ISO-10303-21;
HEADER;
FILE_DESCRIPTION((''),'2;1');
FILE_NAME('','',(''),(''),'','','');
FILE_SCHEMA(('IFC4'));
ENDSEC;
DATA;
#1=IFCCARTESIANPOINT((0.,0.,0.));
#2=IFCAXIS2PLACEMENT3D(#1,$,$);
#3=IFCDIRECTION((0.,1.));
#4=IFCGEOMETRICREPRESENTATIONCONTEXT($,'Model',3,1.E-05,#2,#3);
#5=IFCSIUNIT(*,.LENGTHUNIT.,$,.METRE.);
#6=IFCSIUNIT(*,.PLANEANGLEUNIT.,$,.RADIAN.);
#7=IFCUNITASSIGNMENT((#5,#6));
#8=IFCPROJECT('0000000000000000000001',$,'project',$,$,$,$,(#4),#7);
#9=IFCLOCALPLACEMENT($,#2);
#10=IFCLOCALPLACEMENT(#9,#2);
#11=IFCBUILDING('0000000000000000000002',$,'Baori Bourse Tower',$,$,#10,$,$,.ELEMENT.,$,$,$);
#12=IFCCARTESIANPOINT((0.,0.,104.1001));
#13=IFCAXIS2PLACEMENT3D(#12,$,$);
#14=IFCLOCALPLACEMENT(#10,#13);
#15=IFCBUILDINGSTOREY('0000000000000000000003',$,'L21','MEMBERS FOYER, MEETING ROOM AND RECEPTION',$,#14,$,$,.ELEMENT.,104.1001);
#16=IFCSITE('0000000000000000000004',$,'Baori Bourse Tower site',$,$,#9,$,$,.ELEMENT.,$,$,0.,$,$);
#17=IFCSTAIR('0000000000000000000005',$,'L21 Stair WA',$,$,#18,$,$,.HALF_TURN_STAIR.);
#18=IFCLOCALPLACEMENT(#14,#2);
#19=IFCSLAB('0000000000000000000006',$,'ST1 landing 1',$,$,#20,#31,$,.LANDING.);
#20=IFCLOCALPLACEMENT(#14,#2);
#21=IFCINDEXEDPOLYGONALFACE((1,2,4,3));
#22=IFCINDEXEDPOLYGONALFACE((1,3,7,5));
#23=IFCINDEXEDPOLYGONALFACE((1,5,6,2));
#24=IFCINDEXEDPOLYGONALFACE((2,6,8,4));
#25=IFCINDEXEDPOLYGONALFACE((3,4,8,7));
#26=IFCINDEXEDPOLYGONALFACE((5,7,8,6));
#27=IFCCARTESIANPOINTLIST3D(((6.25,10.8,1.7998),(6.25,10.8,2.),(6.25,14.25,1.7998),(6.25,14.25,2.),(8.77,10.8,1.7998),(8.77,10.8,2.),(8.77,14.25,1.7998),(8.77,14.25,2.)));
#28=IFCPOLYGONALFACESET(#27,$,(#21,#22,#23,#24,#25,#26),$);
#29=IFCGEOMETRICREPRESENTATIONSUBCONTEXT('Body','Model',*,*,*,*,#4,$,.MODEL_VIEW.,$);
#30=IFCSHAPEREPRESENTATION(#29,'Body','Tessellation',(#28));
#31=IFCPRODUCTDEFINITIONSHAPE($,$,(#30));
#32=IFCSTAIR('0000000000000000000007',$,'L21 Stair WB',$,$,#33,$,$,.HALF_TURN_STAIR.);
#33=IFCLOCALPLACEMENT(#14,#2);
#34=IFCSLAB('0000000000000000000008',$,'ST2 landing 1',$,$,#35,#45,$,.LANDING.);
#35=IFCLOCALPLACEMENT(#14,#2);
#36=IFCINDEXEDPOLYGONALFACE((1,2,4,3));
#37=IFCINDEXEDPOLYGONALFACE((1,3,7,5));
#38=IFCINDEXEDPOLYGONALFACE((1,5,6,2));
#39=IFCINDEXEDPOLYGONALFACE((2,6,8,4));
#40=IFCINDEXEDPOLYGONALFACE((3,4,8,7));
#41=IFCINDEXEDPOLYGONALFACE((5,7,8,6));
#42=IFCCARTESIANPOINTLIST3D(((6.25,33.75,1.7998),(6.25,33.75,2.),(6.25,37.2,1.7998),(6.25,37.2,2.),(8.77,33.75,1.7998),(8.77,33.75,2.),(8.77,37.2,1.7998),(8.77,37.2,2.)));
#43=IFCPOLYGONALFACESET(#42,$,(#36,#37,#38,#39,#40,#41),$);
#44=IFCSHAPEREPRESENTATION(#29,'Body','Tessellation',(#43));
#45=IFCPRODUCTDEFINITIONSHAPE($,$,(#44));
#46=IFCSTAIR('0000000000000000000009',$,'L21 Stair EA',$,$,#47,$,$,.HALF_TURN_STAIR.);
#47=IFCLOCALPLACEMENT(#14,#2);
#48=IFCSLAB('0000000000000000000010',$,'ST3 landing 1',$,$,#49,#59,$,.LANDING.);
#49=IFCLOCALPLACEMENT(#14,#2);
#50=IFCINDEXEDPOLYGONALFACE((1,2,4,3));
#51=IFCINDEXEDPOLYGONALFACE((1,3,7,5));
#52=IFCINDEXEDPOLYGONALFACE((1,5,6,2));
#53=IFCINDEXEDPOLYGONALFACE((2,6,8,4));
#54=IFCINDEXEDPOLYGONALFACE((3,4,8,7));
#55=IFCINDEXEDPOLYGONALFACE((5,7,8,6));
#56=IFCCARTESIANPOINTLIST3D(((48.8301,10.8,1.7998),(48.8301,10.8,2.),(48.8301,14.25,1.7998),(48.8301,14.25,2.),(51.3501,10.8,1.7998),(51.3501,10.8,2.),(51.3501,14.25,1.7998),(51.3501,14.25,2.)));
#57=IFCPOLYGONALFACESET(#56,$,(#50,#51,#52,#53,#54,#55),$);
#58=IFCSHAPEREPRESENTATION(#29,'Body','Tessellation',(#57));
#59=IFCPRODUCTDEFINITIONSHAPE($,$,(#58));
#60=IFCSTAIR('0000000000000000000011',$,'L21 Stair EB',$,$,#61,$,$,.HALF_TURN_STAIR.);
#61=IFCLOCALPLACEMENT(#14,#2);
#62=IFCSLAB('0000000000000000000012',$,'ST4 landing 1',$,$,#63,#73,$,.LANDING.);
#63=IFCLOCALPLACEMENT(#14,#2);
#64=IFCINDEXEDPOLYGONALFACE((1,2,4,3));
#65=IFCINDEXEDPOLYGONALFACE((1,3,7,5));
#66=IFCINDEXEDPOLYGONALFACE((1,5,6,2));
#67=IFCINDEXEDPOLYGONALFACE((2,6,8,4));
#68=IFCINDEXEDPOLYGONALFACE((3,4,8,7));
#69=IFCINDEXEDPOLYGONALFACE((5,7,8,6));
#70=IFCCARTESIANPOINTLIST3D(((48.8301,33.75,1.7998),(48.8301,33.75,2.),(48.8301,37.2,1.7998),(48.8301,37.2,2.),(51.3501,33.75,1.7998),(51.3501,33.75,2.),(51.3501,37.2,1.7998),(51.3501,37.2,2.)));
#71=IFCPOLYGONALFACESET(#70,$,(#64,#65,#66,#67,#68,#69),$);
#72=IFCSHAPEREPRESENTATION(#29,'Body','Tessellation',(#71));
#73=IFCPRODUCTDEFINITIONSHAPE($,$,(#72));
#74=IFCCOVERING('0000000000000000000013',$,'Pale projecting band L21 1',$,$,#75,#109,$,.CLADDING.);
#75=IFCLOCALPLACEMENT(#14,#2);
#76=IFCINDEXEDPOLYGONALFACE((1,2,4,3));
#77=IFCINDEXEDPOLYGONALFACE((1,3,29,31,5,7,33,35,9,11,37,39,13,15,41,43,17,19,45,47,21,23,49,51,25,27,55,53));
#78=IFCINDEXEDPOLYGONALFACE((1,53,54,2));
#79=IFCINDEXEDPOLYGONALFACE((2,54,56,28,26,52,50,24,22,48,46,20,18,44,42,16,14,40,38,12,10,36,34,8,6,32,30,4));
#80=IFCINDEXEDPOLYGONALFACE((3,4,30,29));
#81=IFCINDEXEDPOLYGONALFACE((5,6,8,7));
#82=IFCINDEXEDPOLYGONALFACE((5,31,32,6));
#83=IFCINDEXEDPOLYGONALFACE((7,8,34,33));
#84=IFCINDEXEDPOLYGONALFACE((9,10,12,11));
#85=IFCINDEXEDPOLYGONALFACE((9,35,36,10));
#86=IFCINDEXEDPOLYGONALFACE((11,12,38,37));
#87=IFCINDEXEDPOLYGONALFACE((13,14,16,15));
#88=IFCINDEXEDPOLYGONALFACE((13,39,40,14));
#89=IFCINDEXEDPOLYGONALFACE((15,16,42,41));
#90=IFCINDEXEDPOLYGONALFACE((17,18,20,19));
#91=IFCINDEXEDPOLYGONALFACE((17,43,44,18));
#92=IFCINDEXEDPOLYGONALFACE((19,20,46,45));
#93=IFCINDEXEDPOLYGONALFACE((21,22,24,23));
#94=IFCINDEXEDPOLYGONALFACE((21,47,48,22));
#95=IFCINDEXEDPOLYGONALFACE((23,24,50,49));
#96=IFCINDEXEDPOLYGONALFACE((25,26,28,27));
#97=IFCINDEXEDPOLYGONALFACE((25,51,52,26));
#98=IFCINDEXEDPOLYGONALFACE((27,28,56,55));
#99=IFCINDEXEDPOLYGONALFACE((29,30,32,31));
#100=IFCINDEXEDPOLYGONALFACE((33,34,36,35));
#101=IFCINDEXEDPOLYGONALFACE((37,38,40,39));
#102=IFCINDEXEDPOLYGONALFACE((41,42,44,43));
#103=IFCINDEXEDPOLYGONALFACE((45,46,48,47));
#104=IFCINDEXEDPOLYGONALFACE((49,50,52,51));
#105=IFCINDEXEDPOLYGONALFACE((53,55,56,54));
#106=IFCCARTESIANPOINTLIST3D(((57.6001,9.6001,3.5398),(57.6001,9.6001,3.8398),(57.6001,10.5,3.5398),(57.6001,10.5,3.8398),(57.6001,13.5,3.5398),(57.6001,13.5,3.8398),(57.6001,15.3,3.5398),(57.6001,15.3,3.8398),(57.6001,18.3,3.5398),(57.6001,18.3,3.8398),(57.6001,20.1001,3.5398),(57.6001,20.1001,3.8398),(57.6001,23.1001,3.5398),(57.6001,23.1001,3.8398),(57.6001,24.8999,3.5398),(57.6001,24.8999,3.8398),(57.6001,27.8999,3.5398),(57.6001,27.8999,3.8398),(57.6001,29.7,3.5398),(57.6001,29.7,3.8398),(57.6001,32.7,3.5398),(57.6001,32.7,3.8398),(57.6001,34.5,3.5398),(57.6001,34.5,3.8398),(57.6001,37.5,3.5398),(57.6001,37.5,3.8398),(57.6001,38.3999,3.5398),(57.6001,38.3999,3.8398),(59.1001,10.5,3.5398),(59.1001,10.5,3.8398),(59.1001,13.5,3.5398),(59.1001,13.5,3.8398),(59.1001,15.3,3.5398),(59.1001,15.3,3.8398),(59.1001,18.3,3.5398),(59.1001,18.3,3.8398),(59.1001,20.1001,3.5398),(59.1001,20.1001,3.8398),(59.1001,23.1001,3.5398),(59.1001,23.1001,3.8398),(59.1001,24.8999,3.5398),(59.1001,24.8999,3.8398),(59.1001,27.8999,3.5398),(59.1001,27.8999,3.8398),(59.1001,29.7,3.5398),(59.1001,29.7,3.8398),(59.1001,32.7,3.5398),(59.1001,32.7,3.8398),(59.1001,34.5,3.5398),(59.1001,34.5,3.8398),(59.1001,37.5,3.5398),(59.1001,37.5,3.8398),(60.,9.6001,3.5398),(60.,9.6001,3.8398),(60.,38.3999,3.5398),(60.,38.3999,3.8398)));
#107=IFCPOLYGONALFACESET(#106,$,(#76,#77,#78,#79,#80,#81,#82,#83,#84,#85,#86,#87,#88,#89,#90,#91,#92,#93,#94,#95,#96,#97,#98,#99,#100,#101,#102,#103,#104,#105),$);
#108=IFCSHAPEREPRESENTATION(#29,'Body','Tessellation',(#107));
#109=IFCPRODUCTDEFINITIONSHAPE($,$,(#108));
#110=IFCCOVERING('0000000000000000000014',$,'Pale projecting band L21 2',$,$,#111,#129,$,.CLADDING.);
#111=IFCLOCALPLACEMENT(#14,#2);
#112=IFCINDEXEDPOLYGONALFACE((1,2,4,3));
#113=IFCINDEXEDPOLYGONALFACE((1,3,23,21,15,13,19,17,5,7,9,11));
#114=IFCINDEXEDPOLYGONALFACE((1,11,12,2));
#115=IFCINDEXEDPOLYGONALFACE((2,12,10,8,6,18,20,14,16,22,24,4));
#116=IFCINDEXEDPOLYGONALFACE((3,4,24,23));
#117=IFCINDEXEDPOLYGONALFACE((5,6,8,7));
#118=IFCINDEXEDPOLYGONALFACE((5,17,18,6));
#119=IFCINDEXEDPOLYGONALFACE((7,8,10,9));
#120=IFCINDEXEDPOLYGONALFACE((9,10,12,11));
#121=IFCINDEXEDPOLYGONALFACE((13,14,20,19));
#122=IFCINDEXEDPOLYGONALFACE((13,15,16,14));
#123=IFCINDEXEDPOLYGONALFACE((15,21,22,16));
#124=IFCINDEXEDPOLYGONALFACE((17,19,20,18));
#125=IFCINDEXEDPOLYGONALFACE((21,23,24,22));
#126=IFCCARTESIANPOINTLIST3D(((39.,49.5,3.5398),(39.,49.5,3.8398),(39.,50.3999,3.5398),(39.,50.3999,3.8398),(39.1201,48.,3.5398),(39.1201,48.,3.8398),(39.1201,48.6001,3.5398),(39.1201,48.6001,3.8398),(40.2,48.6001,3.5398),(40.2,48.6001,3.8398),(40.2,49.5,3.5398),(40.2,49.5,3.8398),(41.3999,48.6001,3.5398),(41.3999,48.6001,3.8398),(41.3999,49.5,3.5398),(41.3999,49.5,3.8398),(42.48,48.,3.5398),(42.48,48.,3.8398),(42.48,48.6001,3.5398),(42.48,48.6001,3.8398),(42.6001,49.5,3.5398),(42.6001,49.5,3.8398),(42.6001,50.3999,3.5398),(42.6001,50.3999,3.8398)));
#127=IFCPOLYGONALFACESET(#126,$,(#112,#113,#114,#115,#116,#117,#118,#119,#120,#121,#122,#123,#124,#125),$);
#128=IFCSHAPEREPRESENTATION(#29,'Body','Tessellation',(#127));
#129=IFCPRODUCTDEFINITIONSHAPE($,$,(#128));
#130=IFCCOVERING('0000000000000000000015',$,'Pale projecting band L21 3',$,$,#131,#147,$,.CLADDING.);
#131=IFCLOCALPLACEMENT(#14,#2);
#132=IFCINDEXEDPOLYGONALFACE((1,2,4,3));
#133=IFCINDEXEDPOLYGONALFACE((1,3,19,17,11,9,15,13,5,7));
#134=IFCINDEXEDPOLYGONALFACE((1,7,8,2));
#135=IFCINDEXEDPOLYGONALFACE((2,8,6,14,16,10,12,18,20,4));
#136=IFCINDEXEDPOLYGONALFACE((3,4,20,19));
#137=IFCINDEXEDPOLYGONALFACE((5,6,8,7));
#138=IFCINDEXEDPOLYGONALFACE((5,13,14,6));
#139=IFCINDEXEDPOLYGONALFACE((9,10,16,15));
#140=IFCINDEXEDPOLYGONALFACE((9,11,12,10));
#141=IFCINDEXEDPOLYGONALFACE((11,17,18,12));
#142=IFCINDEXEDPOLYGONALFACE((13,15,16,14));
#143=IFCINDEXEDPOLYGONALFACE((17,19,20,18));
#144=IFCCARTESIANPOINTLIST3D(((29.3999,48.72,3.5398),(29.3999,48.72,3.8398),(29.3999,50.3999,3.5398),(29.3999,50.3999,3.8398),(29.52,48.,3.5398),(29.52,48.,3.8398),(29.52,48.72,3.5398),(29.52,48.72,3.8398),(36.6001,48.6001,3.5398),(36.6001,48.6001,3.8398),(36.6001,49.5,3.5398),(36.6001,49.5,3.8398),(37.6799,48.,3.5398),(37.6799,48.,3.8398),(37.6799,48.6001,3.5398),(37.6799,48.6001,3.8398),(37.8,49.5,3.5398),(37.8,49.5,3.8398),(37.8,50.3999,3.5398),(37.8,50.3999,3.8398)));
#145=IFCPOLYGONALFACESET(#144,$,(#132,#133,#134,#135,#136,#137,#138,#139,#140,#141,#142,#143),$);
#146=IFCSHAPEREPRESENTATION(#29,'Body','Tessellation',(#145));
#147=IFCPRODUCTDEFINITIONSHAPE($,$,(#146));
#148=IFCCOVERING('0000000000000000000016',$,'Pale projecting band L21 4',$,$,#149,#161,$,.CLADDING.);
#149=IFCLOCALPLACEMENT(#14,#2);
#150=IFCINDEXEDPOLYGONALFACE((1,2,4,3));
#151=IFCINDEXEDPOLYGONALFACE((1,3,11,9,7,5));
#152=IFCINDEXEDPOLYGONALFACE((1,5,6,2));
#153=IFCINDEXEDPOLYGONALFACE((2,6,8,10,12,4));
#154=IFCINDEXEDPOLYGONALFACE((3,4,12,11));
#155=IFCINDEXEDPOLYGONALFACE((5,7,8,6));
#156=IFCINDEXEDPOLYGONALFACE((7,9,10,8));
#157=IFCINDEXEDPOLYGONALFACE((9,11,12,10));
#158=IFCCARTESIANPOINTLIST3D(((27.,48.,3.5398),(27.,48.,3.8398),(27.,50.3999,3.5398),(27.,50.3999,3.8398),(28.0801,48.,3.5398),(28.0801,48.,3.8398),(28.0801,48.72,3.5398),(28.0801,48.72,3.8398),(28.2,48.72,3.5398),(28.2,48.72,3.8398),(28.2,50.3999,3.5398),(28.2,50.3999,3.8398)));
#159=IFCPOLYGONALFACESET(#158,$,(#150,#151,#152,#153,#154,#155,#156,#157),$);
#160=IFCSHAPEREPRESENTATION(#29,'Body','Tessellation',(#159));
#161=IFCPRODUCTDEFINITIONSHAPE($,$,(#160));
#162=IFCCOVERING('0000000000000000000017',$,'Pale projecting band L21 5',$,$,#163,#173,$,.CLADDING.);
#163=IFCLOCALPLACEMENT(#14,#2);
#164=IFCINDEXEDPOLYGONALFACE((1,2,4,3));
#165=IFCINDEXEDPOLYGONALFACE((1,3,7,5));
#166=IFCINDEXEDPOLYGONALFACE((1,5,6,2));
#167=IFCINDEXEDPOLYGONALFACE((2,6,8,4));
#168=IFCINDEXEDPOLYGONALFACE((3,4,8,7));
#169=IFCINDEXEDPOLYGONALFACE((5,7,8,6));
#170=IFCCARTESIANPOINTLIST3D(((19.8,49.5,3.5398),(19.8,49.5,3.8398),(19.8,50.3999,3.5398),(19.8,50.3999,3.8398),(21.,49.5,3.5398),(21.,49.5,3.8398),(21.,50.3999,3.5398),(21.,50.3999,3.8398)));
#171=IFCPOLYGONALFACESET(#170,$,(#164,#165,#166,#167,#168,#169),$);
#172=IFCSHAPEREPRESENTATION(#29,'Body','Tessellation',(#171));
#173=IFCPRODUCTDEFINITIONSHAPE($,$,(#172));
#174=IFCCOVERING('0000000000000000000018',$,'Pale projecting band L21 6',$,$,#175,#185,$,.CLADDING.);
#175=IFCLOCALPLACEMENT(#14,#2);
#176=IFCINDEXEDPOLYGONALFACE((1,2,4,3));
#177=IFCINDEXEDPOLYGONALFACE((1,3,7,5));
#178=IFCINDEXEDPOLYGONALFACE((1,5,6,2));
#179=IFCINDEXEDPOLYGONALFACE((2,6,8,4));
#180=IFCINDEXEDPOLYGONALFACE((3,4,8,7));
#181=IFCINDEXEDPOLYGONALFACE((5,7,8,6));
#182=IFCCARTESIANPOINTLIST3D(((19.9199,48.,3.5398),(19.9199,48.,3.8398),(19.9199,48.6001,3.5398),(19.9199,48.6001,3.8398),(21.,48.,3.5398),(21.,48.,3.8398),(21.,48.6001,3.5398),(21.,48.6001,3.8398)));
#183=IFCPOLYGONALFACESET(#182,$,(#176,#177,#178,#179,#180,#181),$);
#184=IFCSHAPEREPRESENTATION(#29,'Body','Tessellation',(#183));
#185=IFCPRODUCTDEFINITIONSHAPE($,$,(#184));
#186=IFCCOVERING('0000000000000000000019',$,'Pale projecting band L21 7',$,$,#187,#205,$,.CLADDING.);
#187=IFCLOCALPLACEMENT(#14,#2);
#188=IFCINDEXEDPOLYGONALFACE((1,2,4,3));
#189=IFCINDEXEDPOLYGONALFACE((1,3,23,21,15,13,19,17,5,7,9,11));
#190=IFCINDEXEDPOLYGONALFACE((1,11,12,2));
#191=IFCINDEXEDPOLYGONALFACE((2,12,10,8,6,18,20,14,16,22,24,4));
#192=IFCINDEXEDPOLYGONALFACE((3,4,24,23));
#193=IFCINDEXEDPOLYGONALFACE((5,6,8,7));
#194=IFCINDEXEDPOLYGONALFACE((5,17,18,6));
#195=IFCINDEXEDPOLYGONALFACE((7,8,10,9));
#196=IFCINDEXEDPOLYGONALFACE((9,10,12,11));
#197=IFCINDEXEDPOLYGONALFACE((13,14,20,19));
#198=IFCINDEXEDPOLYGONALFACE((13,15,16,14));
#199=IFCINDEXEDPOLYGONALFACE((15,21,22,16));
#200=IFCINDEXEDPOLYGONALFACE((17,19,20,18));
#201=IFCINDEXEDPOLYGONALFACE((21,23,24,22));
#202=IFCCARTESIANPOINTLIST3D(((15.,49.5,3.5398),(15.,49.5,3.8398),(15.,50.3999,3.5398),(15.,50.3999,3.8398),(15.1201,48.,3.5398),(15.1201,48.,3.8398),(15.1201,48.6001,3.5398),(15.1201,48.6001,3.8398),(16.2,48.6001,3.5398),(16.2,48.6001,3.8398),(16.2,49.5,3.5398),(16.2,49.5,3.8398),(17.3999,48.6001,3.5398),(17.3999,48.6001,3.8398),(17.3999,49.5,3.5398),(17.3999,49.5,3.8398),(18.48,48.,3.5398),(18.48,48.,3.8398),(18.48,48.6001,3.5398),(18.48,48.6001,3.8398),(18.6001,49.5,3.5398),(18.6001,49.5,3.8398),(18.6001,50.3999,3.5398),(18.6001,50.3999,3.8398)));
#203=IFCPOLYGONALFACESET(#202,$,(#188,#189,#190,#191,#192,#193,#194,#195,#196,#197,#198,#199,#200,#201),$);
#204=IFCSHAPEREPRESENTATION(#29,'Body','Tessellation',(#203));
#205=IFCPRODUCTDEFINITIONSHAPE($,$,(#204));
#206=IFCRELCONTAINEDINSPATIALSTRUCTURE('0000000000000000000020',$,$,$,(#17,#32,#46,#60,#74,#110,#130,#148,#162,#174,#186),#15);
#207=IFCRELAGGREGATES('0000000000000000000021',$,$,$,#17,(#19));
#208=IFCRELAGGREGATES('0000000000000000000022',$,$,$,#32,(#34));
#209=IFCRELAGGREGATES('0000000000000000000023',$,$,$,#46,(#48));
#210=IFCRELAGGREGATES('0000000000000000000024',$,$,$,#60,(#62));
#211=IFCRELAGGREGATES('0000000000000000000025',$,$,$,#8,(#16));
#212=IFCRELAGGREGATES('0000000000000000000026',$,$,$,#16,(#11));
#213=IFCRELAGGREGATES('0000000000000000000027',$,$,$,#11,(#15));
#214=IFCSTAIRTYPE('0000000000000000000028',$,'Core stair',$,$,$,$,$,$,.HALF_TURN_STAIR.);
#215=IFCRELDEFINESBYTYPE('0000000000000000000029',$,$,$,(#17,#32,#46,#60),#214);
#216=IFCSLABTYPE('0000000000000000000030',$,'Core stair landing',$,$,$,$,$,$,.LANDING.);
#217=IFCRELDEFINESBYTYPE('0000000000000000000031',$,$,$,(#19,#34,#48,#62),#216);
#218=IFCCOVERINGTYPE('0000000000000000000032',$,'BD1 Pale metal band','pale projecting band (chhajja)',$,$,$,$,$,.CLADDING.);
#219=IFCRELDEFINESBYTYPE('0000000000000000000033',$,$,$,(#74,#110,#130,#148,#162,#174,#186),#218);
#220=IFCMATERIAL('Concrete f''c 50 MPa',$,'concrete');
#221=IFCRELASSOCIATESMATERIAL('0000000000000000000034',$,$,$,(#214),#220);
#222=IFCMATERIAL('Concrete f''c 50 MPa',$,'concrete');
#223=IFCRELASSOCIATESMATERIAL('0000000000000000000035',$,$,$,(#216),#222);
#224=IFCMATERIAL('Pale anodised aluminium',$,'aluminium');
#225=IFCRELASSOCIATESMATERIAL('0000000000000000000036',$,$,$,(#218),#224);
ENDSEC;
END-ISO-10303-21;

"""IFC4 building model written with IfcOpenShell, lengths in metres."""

from ifc_helpers import new_model, si_unit, direction, frame, origin, place, context, subcontext, project, spatial, polyline, outline, extrude, material, type_object, element, aggregate, save


model = new_model("IFC4")

# Units and contexts
model_context = context("Model", 3, precision=1e-05, world=origin(), true_north=direction((0.0, 1.0)))
body_context = subcontext(model_context, "Body", "Model", "MODEL_VIEW")
ifc_project = project(units=[si_unit("LENGTHUNIT", "METRE"), si_unit("PLANEANGLEUNIT", "RADIAN")], contexts=[model_context])

# Site, building, storey
site_placement = place(None, origin())
site = spatial("IfcSite", under=ifc_project, at=site_placement, Name="Baori Bourse Tower site", CompositionType="ELEMENT", RefElevation=0.0)
building_placement = place(site_placement, origin())
building = spatial("IfcBuilding", under=site, at=building_placement, Name="Baori Bourse Tower", CompositionType="ELEMENT")
storey_placement = place(building_placement, frame((0.0, 0.0, 104.1001)))
storey = spatial("IfcBuildingStorey", under=building, at=storey_placement, Name="L21", Description="MEMBERS FOYER, MEETING ROOM AND RECEPTION", CompositionType="ELEMENT", Elevation=104.1001)

# Stairs, slabs
ifc_material_1 = material(Name="Concrete f'c 50 MPa", Category="concrete")
stair_type = type_object("IfcStairType", Name="Core stair", PredefinedType="HALF_TURN_STAIR", material=ifc_material_1)
stair_1_placement = place(storey_placement, origin())
stair_1 = element("IfcStair", 1, at=stair_1_placement, inside=storey, type_object=stair_type, Name="L21 Stair WA", PredefinedType="HALF_TURN_STAIR")
ifc_material_2 = material(Name="Concrete f'c 50 MPa", Category="concrete")
slab_type = type_object("IfcSlabType", Name="Core stair landing", PredefinedType="LANDING", material=ifc_material_2)
slab_1_placement = place(storey_placement, frame((0.0, 0.0, 1.7998)))
slab_1 = element("IfcSlab", 2, at=slab_1_placement, type_object=slab_type, Name="ST1 landing 1", PredefinedType="LANDING", context=body_context, shape_type="SweptSolid", body=[
    extrude(outline(polyline([(8.77, 14.25), (6.25, 14.25), (6.25, 10.8), (8.77, 10.8), (8.77, 14.25)])), origin(), (0.0, 0.0, 1.0), 0.2002),
])
aggregate(stair_1, [slab_1])
stair_2_placement = place(storey_placement, origin())
stair_2 = element("IfcStair", 3, at=stair_2_placement, inside=storey, type_object=stair_type, Name="L21 Stair WB", PredefinedType="HALF_TURN_STAIR")
slab_2_placement = place(storey_placement, frame((0.0, 0.0, 1.7998)))
slab_2 = element("IfcSlab", 4, at=slab_2_placement, type_object=slab_type, Name="ST2 landing 1", PredefinedType="LANDING", context=body_context, shape_type="SweptSolid", body=[
    extrude(outline(polyline([(8.77, 37.2), (6.25, 37.2), (6.25, 33.75), (8.77, 33.75), (8.77, 37.2)])), origin(), (0.0, 0.0, 1.0), 0.2002),
])
aggregate(stair_2, [slab_2])
stair_3_placement = place(storey_placement, origin())
stair_3 = element("IfcStair", 5, at=stair_3_placement, inside=storey, type_object=stair_type, Name="L21 Stair EA", PredefinedType="HALF_TURN_STAIR")
slab_3_placement = place(storey_placement, frame((0.0, 0.0, 1.7998)))
slab_3 = element("IfcSlab", 6, at=slab_3_placement, type_object=slab_type, Name="ST3 landing 1", PredefinedType="LANDING", context=body_context, shape_type="SweptSolid", body=[
    extrude(outline(polyline([(48.8301, 10.8), (51.3501, 10.8), (51.3501, 14.25), (48.8301, 14.25), (48.8301, 10.8)])), origin(), (0.0, 0.0, 1.0), 0.2002),
])
aggregate(stair_3, [slab_3])
stair_4_placement = place(storey_placement, origin())
stair_4 = element("IfcStair", 7, at=stair_4_placement, inside=storey, type_object=stair_type, Name="L21 Stair EB", PredefinedType="HALF_TURN_STAIR")
slab_4_placement = place(storey_placement, frame((0.0, 0.0, 1.7998)))
slab_4 = element("IfcSlab", 8, at=slab_4_placement, type_object=slab_type, Name="ST4 landing 1", PredefinedType="LANDING", context=body_context, shape_type="SweptSolid", body=[
    extrude(outline(polyline([(48.8301, 33.75), (51.3501, 33.75), (51.3501, 37.2), (48.8301, 37.2), (48.8301, 33.75)])), origin(), (0.0, 0.0, 1.0), 0.2002),
])
aggregate(stair_4, [slab_4])

# Coverings
ifc_material_3 = material(Name="Pale anodised aluminium", Category="aluminium")
covering_type_1 = type_object("IfcCoveringType", Name="BD1 Pale metal band", Description="pale projecting band (chhajja)", PredefinedType="CLADDING", material=ifc_material_3)
covering_1_placement = place(storey_placement, frame((0.0, 0.0, 3.5398)))
element("IfcCovering", 9, at=covering_1_placement, inside=storey, type_object=covering_type_1, Name="Pale projecting band L21 1", PredefinedType="CLADDING", context=body_context, shape_type="SweptSolid", body=[
    extrude(outline(polyline([(57.6001, 10.5), (57.6001, 9.6001), (60.0, 9.6001), (60.0, 38.3999), (57.6001, 38.3999), (57.6001, 37.5), (59.1001, 37.5), (59.1001, 34.5), (57.6001, 34.5), (57.6001, 32.7), (59.1001, 32.7), (59.1001, 29.7), (57.6001, 29.7), (57.6001, 27.8999), (59.1001, 27.8999), (59.1001, 24.8999), (57.6001, 24.8999), (57.6001, 23.1001), (59.1001, 23.1001), (59.1001, 20.1001), (57.6001, 20.1001), (57.6001, 18.3), (59.1001, 18.3), (59.1001, 15.3), (57.6001, 15.3), (57.6001, 13.5), (59.1001, 13.5), (59.1001, 10.5), (57.6001, 10.5)])), origin(), (0.0, 0.0, 1.0), 0.3),
])
covering_2_placement = place(storey_placement, frame((0.0, 0.0, 3.5398)))
element("IfcCovering", 10, at=covering_2_placement, inside=storey, type_object=covering_type_1, Name="Pale projecting band L21 2", PredefinedType="CLADDING", context=body_context, shape_type="SweptSolid", body=[
    extrude(outline(polyline([(39.1201, 48.0), (42.48, 48.0), (42.48, 48.6001), (41.3999, 48.6001), (41.3999, 49.5), (42.6001, 49.5), (42.6001, 50.3999), (39.0, 50.3999), (39.0, 49.5), (40.2, 49.5), (40.2, 48.6001), (39.1201, 48.6001), (39.1201, 48.0)])), origin(), (0.0, 0.0, 1.0), 0.3),
])
covering_3_placement = place(storey_placement, frame((0.0, 0.0, 3.5398)))
element("IfcCovering", 11, at=covering_3_placement, inside=storey, type_object=covering_type_1, Name="Pale projecting band L21 3", PredefinedType="CLADDING", context=body_context, shape_type="SweptSolid", body=[
    extrude(outline(polyline([(29.52, 48.0), (37.6799, 48.0), (37.6799, 48.6001), (36.6001, 48.6001), (36.6001, 49.5), (37.8, 49.5), (37.8, 50.3999), (29.3999, 50.3999), (29.3999, 48.72), (29.52, 48.72), (29.52, 48.0)])), origin(), (0.0, 0.0, 1.0), 0.3),
])
covering_4_placement = place(storey_placement, frame((0.0, 0.0, 3.5398)))
element("IfcCovering", 12, at=covering_4_placement, inside=storey, type_object=covering_type_1, Name="Pale projecting band L21 4", PredefinedType="CLADDING", context=body_context, shape_type="SweptSolid", body=[
    extrude(outline(polyline([(27.0, 48.0), (28.0801, 48.0), (28.0801, 48.72), (28.2, 48.72), (28.2, 50.3999), (27.0, 50.3999), (27.0, 48.0)])), origin(), (0.0, 0.0, 1.0), 0.3),
])
covering_5_placement = place(storey_placement, frame((0.0, 0.0, 3.5398)))
element("IfcCovering", 13, at=covering_5_placement, inside=storey, type_object=covering_type_1, Name="Pale projecting band L21 5", PredefinedType="CLADDING", context=body_context, shape_type="SweptSolid", body=[
    extrude(outline(polyline([(19.8, 50.3999), (19.8, 49.5), (21.0, 49.5), (21.0, 50.3999), (19.8, 50.3999)])), origin(), (0.0, 0.0, 1.0), 0.3),
])
covering_6_placement = place(storey_placement, frame((0.0, 0.0, 3.5398)))
element("IfcCovering", 14, at=covering_6_placement, inside=storey, type_object=covering_type_1, Name="Pale projecting band L21 6", PredefinedType="CLADDING", context=body_context, shape_type="SweptSolid", body=[
    extrude(outline(polyline([(19.9199, 48.0), (21.0, 48.0), (21.0, 48.6001), (19.9199, 48.6001), (19.9199, 48.0)])), origin(), (0.0, 0.0, 1.0), 0.3),
])
covering_7_placement = place(storey_placement, frame((0.0, 0.0, 3.5398)))
element("IfcCovering", 15, at=covering_7_placement, inside=storey, type_object=covering_type_1, Name="Pale projecting band L21 7", PredefinedType="CLADDING", context=body_context, shape_type="SweptSolid", body=[
    extrude(outline(polyline([(15.1201, 48.0), (18.48, 48.0), (18.48, 48.6001), (17.3999, 48.6001), (17.3999, 49.5), (18.6001, 49.5), (18.6001, 50.3999), (15.0, 50.3999), (15.0, 49.5), (16.2, 49.5), (16.2, 48.6001), (15.1201, 48.6001), (15.1201, 48.0)])), origin(), (0.0, 0.0, 1.0), 0.3),
])

save(model, "model.ifc")
